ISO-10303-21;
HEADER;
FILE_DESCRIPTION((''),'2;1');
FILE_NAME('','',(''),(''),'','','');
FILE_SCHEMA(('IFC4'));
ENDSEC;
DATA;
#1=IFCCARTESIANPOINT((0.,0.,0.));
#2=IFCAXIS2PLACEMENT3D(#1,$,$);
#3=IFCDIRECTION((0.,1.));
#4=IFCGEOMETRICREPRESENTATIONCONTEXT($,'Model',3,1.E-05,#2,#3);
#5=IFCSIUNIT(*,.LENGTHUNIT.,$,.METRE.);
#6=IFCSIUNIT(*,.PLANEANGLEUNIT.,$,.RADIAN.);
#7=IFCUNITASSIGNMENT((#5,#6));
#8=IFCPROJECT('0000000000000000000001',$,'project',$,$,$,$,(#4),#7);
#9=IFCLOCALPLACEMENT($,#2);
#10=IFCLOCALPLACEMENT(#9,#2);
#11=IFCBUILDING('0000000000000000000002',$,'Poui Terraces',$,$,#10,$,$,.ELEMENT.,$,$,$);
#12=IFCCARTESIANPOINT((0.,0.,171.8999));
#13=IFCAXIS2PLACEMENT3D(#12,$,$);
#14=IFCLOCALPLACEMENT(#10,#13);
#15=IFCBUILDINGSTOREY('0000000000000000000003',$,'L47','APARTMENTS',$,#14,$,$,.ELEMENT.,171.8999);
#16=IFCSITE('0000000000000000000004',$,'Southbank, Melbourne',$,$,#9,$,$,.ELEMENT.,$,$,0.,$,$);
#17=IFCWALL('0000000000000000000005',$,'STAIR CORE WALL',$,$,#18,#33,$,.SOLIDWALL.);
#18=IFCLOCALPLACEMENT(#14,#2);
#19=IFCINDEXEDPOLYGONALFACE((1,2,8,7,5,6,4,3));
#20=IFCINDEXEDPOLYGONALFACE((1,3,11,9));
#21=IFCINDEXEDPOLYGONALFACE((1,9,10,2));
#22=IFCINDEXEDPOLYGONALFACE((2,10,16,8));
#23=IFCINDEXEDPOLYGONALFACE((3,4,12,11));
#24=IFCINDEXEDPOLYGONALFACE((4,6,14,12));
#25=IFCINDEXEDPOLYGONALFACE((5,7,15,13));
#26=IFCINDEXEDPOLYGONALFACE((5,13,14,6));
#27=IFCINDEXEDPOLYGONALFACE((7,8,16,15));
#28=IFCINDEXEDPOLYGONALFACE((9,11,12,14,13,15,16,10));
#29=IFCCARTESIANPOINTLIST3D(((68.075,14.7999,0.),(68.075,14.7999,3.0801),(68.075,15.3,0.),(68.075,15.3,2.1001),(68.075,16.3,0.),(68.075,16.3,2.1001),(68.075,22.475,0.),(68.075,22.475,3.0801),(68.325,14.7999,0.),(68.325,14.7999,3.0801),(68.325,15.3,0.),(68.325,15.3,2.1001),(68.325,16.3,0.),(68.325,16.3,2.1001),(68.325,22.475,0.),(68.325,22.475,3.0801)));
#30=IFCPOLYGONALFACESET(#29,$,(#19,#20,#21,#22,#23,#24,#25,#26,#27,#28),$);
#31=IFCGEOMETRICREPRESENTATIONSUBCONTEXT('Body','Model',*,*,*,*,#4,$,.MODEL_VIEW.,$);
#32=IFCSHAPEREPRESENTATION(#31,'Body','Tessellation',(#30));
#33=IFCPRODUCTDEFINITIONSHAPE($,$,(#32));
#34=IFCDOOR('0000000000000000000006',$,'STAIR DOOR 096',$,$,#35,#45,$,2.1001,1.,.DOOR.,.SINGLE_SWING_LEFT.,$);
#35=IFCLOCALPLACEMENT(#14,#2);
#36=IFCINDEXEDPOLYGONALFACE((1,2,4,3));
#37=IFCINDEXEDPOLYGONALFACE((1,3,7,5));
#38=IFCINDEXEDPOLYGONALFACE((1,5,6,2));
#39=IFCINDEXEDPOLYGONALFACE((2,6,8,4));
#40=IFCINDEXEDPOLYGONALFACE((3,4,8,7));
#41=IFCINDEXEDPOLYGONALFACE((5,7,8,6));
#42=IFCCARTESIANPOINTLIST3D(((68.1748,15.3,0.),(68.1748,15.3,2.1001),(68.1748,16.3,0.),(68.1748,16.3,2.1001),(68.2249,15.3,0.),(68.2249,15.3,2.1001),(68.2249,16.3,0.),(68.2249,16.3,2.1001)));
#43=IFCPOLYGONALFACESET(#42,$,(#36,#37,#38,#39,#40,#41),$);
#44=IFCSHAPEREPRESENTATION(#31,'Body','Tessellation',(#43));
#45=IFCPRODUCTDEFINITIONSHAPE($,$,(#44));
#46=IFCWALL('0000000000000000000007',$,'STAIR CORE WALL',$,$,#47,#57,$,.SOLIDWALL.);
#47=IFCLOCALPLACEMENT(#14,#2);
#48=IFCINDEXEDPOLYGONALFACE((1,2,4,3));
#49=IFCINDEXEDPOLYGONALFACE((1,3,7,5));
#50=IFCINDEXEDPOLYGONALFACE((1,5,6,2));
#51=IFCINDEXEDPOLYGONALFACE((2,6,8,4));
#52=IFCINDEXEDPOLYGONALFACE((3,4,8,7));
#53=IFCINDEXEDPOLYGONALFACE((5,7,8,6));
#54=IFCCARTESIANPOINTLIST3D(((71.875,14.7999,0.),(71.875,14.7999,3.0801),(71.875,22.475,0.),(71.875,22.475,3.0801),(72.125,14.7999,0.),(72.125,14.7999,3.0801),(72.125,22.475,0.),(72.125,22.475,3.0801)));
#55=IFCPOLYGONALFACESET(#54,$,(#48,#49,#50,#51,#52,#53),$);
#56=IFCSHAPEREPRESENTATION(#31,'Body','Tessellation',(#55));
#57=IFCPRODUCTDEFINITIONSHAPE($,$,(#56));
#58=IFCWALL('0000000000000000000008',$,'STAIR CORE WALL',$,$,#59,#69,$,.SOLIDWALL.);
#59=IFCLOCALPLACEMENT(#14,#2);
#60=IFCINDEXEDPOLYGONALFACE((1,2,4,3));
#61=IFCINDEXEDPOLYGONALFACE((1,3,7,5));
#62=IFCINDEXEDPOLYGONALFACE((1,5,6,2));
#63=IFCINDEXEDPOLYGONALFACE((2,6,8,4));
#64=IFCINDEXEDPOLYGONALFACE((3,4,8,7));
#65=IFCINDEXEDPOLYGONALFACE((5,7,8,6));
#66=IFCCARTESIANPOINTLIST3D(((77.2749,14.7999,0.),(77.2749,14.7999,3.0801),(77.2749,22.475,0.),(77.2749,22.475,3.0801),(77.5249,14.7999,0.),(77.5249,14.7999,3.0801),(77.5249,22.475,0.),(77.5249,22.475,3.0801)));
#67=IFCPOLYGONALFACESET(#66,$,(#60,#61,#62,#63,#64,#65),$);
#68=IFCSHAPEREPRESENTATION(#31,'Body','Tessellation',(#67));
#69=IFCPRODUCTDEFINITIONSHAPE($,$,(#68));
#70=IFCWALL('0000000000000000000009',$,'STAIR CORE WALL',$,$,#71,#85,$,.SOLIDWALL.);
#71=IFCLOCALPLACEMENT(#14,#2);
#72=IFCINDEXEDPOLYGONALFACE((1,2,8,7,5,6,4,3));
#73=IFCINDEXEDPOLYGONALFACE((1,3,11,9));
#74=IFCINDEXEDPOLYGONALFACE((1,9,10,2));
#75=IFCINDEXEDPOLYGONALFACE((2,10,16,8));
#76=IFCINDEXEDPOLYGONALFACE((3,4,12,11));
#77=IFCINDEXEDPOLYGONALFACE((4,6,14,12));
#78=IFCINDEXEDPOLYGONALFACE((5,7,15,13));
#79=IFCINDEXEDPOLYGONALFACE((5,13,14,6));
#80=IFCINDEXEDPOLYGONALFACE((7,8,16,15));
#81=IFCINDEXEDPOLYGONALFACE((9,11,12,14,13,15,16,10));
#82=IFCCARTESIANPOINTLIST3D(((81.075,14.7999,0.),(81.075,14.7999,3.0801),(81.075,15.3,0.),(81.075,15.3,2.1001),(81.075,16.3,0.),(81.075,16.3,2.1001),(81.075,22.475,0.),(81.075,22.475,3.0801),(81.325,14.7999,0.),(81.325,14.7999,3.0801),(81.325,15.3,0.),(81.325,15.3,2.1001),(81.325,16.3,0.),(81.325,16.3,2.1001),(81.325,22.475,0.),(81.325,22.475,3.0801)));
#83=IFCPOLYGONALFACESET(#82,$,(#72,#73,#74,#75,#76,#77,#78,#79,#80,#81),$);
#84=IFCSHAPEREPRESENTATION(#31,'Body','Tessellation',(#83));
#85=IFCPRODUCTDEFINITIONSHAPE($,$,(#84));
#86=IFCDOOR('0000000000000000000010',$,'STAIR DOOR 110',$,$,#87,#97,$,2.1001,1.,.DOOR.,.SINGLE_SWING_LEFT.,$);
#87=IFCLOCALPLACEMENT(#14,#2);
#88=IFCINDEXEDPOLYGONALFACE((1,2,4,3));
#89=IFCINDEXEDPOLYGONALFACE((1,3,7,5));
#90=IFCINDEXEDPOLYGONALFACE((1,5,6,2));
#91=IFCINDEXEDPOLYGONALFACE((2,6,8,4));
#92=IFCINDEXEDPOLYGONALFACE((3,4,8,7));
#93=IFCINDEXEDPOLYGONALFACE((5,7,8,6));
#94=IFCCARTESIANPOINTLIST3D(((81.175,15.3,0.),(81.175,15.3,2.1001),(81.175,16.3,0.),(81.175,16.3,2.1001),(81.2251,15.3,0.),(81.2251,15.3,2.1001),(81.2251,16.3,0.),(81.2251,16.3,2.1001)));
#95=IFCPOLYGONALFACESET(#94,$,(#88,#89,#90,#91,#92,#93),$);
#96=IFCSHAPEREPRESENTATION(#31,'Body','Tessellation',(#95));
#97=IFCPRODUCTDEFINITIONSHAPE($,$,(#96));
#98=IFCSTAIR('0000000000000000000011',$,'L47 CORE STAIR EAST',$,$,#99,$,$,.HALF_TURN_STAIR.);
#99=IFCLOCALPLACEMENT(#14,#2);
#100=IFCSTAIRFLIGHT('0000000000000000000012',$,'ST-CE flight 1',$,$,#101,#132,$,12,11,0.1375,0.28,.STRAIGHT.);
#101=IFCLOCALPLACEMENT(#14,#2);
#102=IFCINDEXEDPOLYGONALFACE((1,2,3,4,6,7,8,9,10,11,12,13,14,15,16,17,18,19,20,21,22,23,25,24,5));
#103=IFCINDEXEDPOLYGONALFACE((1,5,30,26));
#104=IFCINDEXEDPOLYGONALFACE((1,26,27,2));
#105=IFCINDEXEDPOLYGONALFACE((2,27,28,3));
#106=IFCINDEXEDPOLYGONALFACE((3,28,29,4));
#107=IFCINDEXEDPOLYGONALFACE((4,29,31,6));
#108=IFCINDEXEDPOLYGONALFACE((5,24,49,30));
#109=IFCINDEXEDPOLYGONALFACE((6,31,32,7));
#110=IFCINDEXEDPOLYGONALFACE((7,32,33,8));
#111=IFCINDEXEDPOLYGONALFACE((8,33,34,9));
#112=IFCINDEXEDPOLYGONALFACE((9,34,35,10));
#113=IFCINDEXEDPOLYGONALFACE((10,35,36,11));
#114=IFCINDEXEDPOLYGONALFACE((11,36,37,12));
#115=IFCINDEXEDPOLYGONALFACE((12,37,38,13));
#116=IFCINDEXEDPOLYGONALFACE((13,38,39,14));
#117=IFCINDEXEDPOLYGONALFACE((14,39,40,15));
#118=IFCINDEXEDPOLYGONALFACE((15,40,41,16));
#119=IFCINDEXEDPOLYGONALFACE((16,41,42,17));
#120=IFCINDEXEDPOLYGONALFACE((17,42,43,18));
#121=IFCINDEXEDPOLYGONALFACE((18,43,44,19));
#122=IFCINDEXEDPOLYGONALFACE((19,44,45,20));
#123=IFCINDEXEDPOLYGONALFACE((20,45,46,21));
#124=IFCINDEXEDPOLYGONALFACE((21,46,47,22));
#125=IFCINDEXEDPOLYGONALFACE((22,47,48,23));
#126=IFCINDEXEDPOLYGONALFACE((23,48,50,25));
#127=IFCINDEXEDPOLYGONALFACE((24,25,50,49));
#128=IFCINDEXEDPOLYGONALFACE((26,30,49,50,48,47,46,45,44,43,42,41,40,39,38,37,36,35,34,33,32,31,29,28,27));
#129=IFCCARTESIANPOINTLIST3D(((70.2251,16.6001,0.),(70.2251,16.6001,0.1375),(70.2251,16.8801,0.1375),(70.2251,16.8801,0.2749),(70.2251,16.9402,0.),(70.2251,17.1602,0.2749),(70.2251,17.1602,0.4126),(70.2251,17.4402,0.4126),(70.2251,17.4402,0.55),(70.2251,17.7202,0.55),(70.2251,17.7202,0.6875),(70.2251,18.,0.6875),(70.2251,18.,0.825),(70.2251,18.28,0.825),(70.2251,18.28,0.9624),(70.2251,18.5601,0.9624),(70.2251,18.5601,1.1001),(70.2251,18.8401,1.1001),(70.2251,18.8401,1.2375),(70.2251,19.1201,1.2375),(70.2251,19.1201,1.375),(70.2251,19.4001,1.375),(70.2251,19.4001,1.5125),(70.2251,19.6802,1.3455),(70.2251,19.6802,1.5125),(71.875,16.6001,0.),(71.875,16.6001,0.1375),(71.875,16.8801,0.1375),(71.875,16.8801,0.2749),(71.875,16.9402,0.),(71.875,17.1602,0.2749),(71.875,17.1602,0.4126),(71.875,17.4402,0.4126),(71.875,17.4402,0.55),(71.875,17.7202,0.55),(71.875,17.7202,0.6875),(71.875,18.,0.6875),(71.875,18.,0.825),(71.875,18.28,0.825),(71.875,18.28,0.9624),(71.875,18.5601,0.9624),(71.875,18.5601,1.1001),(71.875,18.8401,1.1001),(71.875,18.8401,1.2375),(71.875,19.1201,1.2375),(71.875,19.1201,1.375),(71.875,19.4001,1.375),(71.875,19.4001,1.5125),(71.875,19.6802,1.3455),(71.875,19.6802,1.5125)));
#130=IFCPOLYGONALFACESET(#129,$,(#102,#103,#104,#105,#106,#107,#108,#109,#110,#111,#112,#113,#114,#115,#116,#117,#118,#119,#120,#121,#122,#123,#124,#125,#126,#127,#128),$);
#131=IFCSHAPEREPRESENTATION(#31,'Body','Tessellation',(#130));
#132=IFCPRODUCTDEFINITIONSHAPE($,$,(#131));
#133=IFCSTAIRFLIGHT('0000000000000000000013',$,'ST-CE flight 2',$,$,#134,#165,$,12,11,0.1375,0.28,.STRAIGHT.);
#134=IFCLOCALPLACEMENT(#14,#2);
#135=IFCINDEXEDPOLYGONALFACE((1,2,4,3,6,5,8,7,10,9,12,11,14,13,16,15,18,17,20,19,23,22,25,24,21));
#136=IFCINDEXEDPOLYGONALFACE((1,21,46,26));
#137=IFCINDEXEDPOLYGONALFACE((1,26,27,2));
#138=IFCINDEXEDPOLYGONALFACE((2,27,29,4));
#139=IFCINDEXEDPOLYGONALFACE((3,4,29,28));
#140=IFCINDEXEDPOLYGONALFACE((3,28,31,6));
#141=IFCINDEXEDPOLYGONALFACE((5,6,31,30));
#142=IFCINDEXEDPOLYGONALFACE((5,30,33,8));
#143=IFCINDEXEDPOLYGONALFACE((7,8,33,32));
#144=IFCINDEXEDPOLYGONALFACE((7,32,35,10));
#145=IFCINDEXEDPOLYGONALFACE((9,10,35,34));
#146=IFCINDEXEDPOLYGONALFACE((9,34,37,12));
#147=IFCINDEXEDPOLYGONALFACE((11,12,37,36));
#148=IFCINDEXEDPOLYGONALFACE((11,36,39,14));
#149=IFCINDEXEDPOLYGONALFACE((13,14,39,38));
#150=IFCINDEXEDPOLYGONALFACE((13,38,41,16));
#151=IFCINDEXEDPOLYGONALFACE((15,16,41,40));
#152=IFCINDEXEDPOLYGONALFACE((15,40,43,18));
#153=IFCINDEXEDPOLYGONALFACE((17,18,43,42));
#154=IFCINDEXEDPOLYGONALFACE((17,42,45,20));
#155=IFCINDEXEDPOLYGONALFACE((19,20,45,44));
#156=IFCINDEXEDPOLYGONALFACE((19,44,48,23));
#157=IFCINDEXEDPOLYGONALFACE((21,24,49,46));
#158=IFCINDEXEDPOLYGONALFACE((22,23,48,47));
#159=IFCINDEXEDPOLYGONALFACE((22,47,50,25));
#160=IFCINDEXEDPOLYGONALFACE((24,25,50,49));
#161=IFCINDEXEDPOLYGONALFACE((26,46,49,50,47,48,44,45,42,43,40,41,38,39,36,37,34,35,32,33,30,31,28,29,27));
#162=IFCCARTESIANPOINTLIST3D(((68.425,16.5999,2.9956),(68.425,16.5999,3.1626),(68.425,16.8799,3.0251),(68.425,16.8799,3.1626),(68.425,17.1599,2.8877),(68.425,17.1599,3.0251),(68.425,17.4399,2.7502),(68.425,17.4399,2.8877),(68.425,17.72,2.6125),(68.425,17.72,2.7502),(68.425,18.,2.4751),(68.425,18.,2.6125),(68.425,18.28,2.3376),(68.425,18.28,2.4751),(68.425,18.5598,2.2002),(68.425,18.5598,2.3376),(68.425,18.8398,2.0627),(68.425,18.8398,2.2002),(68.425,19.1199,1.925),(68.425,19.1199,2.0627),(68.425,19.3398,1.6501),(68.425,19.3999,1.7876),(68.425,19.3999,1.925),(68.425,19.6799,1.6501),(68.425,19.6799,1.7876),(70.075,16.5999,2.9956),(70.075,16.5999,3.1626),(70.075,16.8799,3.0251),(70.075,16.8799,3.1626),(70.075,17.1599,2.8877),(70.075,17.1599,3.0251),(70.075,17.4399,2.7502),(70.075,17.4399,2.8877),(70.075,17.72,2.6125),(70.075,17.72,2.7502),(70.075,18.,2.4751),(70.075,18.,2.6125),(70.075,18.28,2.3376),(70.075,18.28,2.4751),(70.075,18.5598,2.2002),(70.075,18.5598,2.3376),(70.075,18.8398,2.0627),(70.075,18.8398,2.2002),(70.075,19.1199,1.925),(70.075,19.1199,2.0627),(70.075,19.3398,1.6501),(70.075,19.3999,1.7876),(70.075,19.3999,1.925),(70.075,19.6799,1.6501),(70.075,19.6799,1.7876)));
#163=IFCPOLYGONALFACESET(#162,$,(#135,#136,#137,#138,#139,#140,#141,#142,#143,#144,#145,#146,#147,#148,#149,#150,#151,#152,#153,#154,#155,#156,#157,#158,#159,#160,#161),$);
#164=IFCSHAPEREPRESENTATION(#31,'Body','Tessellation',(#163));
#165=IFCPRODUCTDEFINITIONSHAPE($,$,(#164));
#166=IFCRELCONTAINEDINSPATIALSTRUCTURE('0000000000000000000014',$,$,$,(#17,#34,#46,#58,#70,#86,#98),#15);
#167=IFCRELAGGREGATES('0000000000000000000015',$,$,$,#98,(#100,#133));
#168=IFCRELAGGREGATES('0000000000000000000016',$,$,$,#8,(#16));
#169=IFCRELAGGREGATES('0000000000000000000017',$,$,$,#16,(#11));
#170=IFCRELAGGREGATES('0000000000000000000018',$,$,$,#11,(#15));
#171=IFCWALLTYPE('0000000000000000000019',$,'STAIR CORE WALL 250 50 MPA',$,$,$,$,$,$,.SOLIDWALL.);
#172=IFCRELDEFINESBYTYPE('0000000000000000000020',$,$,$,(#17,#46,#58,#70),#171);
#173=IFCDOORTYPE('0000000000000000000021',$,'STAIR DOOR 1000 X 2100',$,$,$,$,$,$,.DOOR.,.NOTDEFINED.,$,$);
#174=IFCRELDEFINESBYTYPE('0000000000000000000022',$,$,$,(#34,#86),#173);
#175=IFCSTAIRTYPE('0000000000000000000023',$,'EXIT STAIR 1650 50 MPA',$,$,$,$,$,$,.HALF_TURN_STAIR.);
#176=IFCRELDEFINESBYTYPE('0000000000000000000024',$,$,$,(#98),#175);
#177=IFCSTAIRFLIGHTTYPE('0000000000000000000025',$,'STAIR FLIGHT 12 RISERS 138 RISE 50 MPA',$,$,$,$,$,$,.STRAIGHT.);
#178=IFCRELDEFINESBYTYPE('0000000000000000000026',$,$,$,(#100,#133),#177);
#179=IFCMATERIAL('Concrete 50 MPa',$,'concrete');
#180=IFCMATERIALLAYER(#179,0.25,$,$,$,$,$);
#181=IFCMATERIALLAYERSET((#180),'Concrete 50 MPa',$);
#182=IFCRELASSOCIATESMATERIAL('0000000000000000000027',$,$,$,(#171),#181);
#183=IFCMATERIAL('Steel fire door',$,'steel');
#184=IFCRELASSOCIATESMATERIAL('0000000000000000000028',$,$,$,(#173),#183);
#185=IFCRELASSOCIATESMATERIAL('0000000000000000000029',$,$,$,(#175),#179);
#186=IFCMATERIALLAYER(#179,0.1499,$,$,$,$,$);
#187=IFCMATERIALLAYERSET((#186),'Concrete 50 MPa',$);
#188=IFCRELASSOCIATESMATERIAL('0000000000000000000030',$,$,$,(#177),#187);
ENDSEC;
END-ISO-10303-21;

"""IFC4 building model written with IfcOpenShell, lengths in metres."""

from ifc_helpers import new_model, si_unit, direction, frame, frame_2d, origin, place, context, subcontext, project, spatial, polyline, rectangle, outline, extrude, material, layer, layer_set, type_object, element, fill, aggregate, save


model = new_model("IFC4")

# Units and contexts
model_context = context("Model", 3, precision=1e-05, world=origin(), true_north=direction((0.0, 1.0)))
body_context = subcontext(model_context, "Body", "Model", "MODEL_VIEW")
ifc_project = project(units=[si_unit("LENGTHUNIT", "METRE"), si_unit("PLANEANGLEUNIT", "RADIAN")], contexts=[model_context])

# Site, building, storey
site_placement = place(None, origin())
site = spatial("IfcSite", under=ifc_project, at=site_placement, Name="Southbank, Melbourne", CompositionType="ELEMENT", RefElevation=0.0)
building_placement = place(site_placement, origin())
building = spatial("IfcBuilding", under=site, at=building_placement, Name="Poui Terraces", CompositionType="ELEMENT")
storey_placement = place(building_placement, frame((0.0, 0.0, 171.8999)))
storey = spatial("IfcBuildingStorey", under=building, at=storey_placement, Name="L47", Description="APARTMENTS", CompositionType="ELEMENT", Elevation=171.8999)

# Wall, opening, door
ifc_material_1 = material(Name="Concrete 50 MPa", Category="concrete")
ifc_layer_1 = layer(ifc_material_1, 0.25)
ifc_layer_set_1 = layer_set([ifc_layer_1], Name="Concrete 50 MPa")
wall_type = type_object("IfcWallType", Name="STAIR CORE WALL 250 50 MPA", PredefinedType="SOLIDWALL", material=ifc_layer_set_1)
wall_1_placement = place(storey_placement, frame((68.2, 14.8, 0.0), z_axis=(0.0, 0.0, 1.0), x_axis=(0.0, 1.0, 0.0)))
wall_1 = element("IfcWall", 1, at=wall_1_placement, inside=storey, type_object=wall_type, Name="STAIR CORE WALL", PredefinedType="SOLIDWALL", context=body_context, shape_type="SweptSolid", body=[
    extrude(rectangle(XDim=7.675, YDim=0.25, at=frame_2d((3.8374, 0.0))), origin(), (0.0, 0.0, 1.0), 3.0801),
])
opening_1_placement = place(wall_1_placement, frame((0.5, 0.0, 0.0)))
opening_1 = element("IfcOpeningElement", 2, at=opening_1_placement, cuts=wall_1, PredefinedType="OPENING", context=body_context, shape_type="SweptSolid", body=[
    extrude(rectangle(XDim=1.0, YDim=2.1001, at=frame_2d((0.5, 1.05))), frame((0.0, 0.135, 0.0), z_axis=(0.0, -1.0, 0.0), x_axis=(1.0, 0.0, 0.0)), (0.0, 0.0, 1.0), 0.27),
])
ifc_material_2 = material(Name="Steel fire door", Category="steel")
door_type = type_object("IfcDoorType", Name="STAIR DOOR 1000 X 2100", OperationType="NOTDEFINED", PredefinedType="DOOR", material=ifc_material_2)
door_1_placement = place(opening_1_placement, frame((1.0, 0.0, 0.0), z_axis=(0.0, 0.0, 1.0), x_axis=(-1.0, 0.0, 0.0)))
door_1 = element("IfcDoor", 3, at=door_1_placement, inside=storey, type_object=door_type, Name="STAIR DOOR 096", OperationType="SINGLE_SWING_LEFT", OverallHeight=2.1001, OverallWidth=1.0, PredefinedType="DOOR", context=body_context, shape_type="SweptSolid", body=[
    extrude(rectangle(XDim=1.0, YDim=2.1001, at=frame_2d((0.5, 1.05))), frame((0.0, 0.0249, 0.0), z_axis=(0.0, -1.0, 0.0), x_axis=(1.0, 0.0, 0.0)), (0.0, 0.0, 1.0), 0.05),
])
fill(opening_1, door_1)

# Walls
for number, where, z_axis, x_axis, name in (
    (4, (72.0, 14.8, 0.0), (0.0, 0.0, 1.0), (0.0, 1.0, 0.0), "STAIR CORE WALL"),
    (5, (77.3999, 14.8, 0.0), (0.0, 0.0, 1.0), (0.0, 1.0, 0.0), "STAIR CORE WALL"),
):
    element("IfcWall", number, at=place(storey_placement, frame(where, z_axis=z_axis, x_axis=x_axis)), inside=storey, type_object=wall_type, Name=name, PredefinedType="SOLIDWALL", context=body_context, shape_type="SweptSolid", body=[
        extrude(rectangle(XDim=7.675, YDim=0.25, at=frame_2d((3.8374, 0.0))), origin(), (0.0, 0.0, 1.0), 3.0801),
    ])

# Wall, opening, door
wall_2_placement = place(storey_placement, frame((81.2, 14.8, 0.0), z_axis=(0.0, 0.0, 1.0), x_axis=(0.0, 1.0, 0.0)))
wall_2 = element("IfcWall", 6, at=wall_2_placement, inside=storey, type_object=wall_type, Name="STAIR CORE WALL", PredefinedType="SOLIDWALL", context=body_context, shape_type="SweptSolid", body=[
    extrude(rectangle(XDim=7.675, YDim=0.25, at=frame_2d((3.8374, 0.0))), origin(), (0.0, 0.0, 1.0), 3.0801),
])
opening_2_placement = place(wall_2_placement, frame((0.5, 0.0, 0.0)))
opening_2 = element("IfcOpeningElement", 7, at=opening_2_placement, cuts=wall_2, PredefinedType="OPENING", context=body_context, shape_type="SweptSolid", body=[
    extrude(rectangle(XDim=1.0, YDim=2.1001, at=frame_2d((0.5, 1.05))), frame((0.0, 0.135, 0.0), z_axis=(0.0, -1.0, 0.0), x_axis=(1.0, 0.0, 0.0)), (0.0, 0.0, 1.0), 0.27),
])
door_2_placement = place(opening_2_placement, origin())
door_2 = element("IfcDoor", 8, at=door_2_placement, inside=storey, type_object=door_type, Name="STAIR DOOR 110", OperationType="SINGLE_SWING_LEFT", OverallHeight=2.1001, OverallWidth=1.0, PredefinedType="DOOR", context=body_context, shape_type="SweptSolid", body=[
    extrude(rectangle(XDim=1.0, YDim=2.1001, at=frame_2d((0.5, 1.05))), frame((0.0, 0.0249, 0.0), z_axis=(0.0, -1.0, 0.0), x_axis=(1.0, 0.0, 0.0)), (0.0, 0.0, 1.0), 0.05),
])
fill(opening_2, door_2)

# Stair, stair flights
stair_type = type_object("IfcStairType", Name="EXIT STAIR 1650 50 MPA", PredefinedType="HALF_TURN_STAIR", material=ifc_material_1)
stair_1_placement = place(storey_placement, origin())
stair_1 = element("IfcStair", 9, at=stair_1_placement, inside=storey, type_object=stair_type, Name="L47 CORE STAIR EAST", PredefinedType="HALF_TURN_STAIR")
ifc_layer_2 = layer(ifc_material_1, 0.1499)
ifc_layer_set_2 = layer_set([ifc_layer_2], Name="Concrete 50 MPa")
stair_flight_type = type_object("IfcStairFlightType", Name="STAIR FLIGHT 12 RISERS 138 RISE 50 MPA", PredefinedType="STRAIGHT", material=ifc_layer_set_2)
stair_flight_1_placement = place(storey_placement, frame((71.05, 16.6001, 0.0), z_axis=(0.0, 0.0, 1.0), x_axis=(0.0, 1.0, 0.0)))
stair_flight_1 = element("IfcStairFlight", 10, at=stair_flight_1_placement, type_object=stair_flight_type, Name="ST-CE flight 1", NumberOfRisers=12, NumberOfTreads=11, PredefinedType="STRAIGHT", RiserHeight=0.1375, TreadLength=0.28, context=body_context, shape_type="SweptSolid", body=[
    extrude(outline(polyline([(0.0, 0.0), (0.0, 0.1375), (0.28, 0.1375), (0.28, 0.2749), (0.5601, 0.2749), (0.5601, 0.4126), (0.8401, 0.4126), (0.8401, 0.55), (1.1201, 0.55), (1.1201, 0.6875), (1.3999, 0.6875), (1.3999, 0.825), (1.6799, 0.825), (1.6799, 0.9624), (1.96, 0.9624), (1.96, 1.1001), (2.24, 1.1001), (2.24, 1.2375), (2.52, 1.2375), (2.52, 1.375), (2.8, 1.375), (2.8, 1.5125), (3.0801, 1.5125), (3.0801, 1.6499), (3.0801, 1.3455), (0.3401, 0.0), (0.0, 0.0)])), frame((0.0, 0.825, 0.0), z_axis=(0.0, -1.0, 0.0), x_axis=(1.0, 0.0, 0.0)), (0.0, 0.0, 1.0), 1.6499),
])
stair_flight_2_placement = place(storey_placement, frame((69.25, 19.6799, 1.6501), z_axis=(0.0, 0.0, 1.0), x_axis=(0.0, -1.0, 0.0)))
stair_flight_2 = element("IfcStairFlight", 11, at=stair_flight_2_placement, type_object=stair_flight_type, Name="ST-CE flight 2", NumberOfRisers=12, NumberOfTreads=11, PredefinedType="STRAIGHT", RiserHeight=0.1375, TreadLength=0.28, context=body_context, shape_type="SweptSolid", body=[
    extrude(outline(polyline([(0.0, 0.0), (0.0, 0.1375), (0.28, 0.1375), (0.28, 0.2749), (0.5601, 0.2749), (0.5601, 0.4126), (0.8401, 0.4126), (0.8401, 0.55), (1.1201, 0.55), (1.1201, 0.6875), (1.3999, 0.6875), (1.3999, 0.825), (1.6799, 0.825), (1.6799, 0.9624), (1.96, 0.9624), (1.96, 1.1001), (2.24, 1.1001), (2.24, 1.2375), (2.52, 1.2375), (2.52, 1.375), (2.8, 1.375), (2.8, 1.5125), (3.0801, 1.5125), (3.0801, 1.6499), (3.0801, 1.3455), (0.3401, 0.0), (0.0, 0.0)])), frame((0.0, 0.825, 0.0), z_axis=(0.0, -1.0, 0.0), x_axis=(1.0, 0.0, 0.0)), (0.0, 0.0, 1.0), 1.6499),
])
aggregate(stair_1, [stair_flight_1, stair_flight_2])

save(model, "model.ifc")
